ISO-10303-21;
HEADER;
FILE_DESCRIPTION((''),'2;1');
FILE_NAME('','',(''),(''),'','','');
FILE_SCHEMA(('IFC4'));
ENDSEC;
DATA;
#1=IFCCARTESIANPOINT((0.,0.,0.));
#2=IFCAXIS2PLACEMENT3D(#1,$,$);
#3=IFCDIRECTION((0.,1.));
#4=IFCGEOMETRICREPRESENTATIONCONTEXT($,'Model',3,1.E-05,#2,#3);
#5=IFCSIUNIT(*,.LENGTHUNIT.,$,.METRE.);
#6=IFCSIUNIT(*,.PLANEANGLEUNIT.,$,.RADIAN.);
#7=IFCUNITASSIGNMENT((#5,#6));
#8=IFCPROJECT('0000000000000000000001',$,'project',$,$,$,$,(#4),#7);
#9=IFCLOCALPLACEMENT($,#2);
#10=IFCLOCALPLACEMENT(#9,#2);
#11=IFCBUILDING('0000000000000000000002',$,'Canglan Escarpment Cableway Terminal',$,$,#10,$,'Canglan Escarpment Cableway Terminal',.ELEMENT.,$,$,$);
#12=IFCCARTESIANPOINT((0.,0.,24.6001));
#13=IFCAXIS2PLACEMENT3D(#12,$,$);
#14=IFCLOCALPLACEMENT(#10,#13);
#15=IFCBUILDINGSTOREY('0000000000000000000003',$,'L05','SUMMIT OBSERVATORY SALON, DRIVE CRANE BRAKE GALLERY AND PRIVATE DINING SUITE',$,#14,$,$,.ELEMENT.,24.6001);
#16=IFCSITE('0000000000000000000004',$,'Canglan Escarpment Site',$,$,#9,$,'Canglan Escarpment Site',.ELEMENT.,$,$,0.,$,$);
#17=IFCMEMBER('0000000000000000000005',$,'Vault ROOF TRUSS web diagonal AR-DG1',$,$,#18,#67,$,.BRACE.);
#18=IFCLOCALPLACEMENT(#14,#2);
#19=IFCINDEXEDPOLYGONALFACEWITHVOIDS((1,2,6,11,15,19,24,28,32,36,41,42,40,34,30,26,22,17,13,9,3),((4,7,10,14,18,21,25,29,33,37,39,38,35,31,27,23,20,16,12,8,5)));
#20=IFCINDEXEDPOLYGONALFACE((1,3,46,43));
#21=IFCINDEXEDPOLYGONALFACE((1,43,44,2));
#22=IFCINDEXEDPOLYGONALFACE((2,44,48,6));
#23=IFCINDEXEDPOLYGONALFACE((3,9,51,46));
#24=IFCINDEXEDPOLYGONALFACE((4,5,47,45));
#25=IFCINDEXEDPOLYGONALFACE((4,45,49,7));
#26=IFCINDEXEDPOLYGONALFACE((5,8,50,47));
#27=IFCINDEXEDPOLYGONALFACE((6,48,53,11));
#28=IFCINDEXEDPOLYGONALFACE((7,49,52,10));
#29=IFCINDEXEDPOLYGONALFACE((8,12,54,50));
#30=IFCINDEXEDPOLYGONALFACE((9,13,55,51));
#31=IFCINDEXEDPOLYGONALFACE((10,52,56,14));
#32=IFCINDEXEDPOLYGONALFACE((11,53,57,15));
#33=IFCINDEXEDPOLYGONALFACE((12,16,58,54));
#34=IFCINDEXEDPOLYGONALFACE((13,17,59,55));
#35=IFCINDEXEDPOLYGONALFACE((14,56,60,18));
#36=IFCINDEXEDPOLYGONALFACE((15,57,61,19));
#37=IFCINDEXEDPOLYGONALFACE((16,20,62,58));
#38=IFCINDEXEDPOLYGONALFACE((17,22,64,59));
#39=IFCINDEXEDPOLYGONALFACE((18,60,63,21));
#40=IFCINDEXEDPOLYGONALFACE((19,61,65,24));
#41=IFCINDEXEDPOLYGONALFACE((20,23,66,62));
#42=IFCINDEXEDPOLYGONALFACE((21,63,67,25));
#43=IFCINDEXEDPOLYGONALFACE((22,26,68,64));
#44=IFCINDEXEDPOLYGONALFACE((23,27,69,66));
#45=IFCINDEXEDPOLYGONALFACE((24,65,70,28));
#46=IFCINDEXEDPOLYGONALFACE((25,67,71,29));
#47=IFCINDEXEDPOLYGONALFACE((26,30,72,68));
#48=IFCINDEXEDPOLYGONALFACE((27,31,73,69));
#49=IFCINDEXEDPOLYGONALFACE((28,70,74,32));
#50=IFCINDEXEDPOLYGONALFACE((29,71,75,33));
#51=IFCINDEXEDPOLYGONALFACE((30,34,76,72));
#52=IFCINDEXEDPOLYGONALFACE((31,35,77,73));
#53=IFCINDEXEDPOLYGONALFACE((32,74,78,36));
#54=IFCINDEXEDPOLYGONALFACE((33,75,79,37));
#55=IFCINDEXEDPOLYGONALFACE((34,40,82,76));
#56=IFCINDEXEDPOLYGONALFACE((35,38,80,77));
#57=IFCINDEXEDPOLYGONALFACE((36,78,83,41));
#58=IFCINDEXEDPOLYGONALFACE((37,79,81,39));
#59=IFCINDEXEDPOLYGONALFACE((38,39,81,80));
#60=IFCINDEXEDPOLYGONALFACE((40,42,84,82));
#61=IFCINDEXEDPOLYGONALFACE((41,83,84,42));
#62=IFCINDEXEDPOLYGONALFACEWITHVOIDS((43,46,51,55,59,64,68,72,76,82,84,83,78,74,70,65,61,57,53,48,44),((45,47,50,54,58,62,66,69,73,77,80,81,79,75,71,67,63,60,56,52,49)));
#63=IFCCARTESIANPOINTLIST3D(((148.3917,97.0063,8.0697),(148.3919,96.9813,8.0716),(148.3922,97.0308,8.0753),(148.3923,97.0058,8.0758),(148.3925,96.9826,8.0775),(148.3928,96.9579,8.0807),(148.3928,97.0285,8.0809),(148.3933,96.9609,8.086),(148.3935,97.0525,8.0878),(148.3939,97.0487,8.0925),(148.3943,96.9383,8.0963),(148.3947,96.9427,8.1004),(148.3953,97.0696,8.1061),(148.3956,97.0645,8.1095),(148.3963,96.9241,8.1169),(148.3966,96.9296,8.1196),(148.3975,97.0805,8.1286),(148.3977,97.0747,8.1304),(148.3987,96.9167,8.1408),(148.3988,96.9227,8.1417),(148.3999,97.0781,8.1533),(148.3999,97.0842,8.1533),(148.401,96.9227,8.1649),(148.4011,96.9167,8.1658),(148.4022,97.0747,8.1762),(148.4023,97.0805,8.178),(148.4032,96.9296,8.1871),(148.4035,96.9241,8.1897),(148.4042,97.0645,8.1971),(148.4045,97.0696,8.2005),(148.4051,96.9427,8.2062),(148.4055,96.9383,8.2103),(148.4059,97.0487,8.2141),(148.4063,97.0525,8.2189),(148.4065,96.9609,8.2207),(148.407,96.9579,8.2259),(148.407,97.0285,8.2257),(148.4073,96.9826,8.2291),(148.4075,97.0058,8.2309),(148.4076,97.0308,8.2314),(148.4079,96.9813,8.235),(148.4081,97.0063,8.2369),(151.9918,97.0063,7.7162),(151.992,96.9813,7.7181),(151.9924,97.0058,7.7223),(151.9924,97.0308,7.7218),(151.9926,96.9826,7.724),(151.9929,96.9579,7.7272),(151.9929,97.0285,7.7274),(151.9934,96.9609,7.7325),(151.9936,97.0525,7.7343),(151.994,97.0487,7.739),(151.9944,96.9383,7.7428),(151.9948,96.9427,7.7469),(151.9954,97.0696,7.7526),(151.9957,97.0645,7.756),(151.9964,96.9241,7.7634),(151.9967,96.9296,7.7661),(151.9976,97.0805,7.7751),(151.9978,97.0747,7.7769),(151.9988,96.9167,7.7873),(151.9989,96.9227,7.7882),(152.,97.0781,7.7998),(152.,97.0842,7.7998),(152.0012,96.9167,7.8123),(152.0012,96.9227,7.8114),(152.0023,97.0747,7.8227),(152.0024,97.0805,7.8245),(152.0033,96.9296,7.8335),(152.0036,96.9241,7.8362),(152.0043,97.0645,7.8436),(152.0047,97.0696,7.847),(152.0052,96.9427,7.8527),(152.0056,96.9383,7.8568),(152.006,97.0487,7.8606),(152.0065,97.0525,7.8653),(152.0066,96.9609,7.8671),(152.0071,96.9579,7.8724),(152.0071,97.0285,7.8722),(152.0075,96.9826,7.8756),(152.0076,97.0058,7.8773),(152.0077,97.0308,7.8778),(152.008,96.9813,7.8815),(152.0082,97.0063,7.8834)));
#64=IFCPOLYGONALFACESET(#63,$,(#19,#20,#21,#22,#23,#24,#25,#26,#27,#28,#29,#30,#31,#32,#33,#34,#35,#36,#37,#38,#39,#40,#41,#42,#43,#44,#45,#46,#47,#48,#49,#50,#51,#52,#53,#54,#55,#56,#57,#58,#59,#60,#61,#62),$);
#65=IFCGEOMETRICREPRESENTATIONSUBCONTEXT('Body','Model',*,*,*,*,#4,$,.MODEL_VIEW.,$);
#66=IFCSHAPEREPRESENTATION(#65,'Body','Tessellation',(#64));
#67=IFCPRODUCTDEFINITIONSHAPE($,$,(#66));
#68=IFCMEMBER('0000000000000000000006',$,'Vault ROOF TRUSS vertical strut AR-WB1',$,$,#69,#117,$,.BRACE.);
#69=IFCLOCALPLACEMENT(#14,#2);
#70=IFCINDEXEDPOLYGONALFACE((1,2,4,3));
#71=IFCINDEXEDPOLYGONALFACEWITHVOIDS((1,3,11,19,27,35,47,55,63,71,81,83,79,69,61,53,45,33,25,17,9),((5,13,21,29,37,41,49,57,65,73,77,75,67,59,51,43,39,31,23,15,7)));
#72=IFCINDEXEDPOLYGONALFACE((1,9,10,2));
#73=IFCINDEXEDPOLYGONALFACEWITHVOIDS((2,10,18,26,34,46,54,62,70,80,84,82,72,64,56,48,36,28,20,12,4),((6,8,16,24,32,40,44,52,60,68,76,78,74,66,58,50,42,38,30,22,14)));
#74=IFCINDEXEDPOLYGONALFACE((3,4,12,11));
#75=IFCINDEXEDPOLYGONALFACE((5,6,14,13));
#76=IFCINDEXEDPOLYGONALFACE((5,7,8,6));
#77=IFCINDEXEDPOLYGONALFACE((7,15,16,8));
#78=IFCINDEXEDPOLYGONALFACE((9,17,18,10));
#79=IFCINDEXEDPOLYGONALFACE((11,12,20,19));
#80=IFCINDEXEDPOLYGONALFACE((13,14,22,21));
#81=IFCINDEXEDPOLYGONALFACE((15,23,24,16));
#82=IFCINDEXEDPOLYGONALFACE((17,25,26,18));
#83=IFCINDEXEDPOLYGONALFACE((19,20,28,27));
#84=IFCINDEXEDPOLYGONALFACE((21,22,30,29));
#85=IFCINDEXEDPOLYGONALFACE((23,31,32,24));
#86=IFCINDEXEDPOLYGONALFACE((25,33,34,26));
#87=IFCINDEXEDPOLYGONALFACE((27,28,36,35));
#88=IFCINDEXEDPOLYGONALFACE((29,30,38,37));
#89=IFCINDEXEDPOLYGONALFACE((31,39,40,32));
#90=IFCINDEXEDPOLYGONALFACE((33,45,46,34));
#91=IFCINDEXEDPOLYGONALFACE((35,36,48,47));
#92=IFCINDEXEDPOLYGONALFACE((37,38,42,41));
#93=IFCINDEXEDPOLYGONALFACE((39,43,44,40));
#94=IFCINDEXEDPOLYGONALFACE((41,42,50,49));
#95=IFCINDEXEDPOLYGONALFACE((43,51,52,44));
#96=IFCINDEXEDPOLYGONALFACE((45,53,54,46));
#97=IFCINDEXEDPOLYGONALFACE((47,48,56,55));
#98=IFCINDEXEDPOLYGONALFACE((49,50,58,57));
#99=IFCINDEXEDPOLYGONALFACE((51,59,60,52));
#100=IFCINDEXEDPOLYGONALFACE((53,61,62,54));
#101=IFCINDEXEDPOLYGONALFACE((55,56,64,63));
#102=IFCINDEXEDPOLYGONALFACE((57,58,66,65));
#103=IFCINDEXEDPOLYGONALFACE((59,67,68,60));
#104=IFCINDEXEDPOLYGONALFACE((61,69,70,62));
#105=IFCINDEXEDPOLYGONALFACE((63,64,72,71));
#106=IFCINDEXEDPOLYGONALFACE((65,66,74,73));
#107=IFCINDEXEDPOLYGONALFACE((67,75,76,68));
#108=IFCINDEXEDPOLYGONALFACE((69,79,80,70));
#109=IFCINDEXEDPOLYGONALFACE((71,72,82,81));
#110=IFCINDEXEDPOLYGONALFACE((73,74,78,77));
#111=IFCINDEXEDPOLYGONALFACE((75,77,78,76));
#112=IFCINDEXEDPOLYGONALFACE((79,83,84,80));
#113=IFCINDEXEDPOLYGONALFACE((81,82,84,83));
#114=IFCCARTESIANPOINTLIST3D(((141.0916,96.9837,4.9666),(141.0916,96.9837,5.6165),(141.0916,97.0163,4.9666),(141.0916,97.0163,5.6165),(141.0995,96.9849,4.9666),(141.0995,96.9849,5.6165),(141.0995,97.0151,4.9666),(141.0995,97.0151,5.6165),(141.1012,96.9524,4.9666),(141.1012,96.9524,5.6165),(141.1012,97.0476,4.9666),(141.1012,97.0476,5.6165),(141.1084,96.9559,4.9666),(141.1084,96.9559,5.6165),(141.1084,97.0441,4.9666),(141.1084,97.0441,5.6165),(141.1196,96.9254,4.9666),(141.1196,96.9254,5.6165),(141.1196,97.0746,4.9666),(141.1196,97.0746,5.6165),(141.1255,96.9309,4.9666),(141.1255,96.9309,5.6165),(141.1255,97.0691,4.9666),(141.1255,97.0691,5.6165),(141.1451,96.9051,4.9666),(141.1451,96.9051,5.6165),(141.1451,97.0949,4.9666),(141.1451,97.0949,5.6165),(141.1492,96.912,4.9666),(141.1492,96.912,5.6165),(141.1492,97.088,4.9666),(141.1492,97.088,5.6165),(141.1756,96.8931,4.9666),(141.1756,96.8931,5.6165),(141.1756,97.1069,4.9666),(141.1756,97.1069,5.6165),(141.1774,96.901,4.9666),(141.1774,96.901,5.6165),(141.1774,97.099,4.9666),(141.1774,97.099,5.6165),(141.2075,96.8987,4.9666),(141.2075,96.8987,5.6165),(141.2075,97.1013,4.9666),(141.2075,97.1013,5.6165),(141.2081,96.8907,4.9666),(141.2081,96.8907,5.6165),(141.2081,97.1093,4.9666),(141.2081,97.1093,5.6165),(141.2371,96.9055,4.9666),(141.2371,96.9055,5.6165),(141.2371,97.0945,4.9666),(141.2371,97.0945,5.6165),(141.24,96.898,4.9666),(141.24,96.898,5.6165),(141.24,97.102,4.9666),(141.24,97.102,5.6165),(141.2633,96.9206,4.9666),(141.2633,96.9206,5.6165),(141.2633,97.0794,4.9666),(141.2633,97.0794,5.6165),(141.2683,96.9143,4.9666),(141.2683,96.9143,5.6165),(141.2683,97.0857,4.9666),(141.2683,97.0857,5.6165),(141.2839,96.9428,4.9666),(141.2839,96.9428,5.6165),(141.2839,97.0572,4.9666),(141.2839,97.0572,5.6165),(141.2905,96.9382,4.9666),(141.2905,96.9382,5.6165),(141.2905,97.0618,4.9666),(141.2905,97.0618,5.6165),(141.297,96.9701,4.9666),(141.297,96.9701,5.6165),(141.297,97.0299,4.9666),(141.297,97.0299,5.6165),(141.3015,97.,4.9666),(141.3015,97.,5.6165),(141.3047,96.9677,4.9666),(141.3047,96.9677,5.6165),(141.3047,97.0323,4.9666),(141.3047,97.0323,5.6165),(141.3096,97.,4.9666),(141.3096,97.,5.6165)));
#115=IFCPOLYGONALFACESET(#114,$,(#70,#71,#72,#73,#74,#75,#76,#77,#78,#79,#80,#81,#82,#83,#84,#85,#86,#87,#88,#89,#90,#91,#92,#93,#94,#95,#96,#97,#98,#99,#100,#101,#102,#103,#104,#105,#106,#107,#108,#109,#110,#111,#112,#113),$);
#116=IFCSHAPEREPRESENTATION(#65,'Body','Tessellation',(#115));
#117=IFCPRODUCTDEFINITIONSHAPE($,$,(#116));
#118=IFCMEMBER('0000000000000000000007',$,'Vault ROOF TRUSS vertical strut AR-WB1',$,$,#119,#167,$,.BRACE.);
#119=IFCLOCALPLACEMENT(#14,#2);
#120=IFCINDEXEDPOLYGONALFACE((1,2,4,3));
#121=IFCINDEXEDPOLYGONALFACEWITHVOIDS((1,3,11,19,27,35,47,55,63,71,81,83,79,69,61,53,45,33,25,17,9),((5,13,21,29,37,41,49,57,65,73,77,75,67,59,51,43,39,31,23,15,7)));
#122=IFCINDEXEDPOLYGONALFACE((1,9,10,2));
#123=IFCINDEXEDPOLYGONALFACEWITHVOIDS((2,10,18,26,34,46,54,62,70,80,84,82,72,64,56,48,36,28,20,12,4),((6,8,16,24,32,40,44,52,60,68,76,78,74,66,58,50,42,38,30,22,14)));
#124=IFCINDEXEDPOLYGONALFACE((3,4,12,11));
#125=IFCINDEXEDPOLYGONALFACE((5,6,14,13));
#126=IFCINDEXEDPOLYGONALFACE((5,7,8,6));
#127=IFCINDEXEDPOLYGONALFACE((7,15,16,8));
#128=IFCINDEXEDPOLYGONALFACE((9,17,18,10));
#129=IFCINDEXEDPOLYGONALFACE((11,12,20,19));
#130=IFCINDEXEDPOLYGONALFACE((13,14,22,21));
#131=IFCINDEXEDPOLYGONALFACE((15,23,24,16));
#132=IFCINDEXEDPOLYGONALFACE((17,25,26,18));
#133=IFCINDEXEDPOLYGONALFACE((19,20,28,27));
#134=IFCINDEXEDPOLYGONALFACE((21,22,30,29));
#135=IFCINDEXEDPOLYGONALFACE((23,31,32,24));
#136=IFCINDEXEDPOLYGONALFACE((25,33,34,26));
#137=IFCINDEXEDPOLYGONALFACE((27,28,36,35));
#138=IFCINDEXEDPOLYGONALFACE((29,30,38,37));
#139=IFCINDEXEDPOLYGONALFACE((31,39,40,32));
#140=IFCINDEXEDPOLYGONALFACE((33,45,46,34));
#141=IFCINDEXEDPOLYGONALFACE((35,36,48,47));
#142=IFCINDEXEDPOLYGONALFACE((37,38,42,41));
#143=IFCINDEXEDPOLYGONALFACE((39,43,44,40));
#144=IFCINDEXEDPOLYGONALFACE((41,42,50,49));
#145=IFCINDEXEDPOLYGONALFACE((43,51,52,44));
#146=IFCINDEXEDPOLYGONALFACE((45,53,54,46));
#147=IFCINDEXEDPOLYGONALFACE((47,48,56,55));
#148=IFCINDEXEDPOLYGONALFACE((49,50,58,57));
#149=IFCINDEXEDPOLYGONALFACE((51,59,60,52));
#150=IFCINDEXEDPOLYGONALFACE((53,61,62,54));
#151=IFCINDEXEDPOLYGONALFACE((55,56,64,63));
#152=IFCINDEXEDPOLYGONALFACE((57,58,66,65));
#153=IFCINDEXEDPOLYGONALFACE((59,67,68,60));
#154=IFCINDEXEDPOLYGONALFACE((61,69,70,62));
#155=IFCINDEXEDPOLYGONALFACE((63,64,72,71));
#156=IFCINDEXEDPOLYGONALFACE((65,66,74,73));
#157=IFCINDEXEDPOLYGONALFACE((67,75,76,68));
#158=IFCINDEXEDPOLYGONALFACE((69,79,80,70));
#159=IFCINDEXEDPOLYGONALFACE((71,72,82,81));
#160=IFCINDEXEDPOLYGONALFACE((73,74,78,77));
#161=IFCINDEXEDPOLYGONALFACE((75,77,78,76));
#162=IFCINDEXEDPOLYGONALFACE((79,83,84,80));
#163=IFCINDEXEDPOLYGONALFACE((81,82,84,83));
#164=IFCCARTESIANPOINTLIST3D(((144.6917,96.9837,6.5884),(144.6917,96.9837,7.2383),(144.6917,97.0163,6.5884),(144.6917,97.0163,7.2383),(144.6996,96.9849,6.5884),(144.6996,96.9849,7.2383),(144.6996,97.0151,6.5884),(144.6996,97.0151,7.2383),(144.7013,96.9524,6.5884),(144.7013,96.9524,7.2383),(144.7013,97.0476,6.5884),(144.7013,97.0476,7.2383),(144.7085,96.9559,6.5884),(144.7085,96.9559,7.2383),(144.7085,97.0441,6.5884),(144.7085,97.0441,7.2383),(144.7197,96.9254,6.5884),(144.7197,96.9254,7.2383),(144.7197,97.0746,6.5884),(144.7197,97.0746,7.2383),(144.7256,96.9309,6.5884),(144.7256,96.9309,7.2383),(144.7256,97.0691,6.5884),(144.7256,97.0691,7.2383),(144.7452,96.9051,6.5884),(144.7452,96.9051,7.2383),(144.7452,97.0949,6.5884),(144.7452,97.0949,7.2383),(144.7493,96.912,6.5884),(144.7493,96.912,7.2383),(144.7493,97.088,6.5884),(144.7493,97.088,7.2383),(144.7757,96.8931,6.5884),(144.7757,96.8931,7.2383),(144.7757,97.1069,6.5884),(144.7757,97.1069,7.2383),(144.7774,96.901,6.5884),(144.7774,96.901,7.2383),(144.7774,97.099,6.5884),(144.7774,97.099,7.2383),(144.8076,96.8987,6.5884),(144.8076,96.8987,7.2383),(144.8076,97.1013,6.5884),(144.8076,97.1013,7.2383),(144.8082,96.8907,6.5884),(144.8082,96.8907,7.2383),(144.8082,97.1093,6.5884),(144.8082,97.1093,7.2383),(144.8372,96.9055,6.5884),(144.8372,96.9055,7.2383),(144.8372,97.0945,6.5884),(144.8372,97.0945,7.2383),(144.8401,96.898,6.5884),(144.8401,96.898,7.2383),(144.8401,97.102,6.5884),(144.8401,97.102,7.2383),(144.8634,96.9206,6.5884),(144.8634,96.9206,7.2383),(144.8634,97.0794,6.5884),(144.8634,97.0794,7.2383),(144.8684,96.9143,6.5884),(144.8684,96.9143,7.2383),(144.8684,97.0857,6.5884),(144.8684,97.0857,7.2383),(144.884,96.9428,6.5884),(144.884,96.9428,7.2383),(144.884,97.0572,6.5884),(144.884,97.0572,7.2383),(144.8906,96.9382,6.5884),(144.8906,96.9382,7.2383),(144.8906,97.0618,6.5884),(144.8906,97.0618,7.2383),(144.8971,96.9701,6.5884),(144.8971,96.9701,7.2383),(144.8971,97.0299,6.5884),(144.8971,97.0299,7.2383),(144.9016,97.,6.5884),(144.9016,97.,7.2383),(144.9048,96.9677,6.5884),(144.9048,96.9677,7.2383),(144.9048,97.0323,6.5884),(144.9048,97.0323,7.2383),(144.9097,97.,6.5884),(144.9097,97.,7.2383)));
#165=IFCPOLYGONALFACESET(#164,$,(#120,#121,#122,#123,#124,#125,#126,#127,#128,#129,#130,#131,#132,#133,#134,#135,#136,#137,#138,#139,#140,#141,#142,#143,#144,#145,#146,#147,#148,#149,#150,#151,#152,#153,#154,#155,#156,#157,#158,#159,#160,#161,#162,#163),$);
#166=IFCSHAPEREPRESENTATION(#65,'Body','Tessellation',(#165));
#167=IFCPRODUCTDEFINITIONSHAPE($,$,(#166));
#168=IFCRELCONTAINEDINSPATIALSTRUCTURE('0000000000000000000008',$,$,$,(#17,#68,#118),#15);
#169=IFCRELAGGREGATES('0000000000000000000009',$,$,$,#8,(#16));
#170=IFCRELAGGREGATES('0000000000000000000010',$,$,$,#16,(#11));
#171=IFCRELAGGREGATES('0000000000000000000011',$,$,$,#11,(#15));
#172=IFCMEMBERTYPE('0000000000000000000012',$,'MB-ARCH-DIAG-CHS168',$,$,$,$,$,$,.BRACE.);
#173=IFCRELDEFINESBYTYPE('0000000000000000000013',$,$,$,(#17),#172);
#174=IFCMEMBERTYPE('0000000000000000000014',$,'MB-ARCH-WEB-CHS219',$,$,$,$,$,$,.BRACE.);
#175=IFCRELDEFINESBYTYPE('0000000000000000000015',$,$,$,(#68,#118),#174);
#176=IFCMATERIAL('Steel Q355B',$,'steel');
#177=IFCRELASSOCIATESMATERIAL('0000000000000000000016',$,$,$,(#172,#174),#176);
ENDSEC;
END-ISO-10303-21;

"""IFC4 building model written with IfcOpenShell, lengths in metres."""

from ifc_helpers import new_model, si_unit, direction, frame, origin, origin_2d, place, context, subcontext, project, spatial, hollow_circle, extrude, material, material_profile, profile_set, type_object, element, save


model = new_model("IFC4")

# Units and contexts
model_context = context("Model", 3, precision=1e-05, world=origin(), true_north=direction((0.0, 1.0)))
body_context = subcontext(model_context, "Body", "Model", "MODEL_VIEW")
ifc_project = project(units=[si_unit("LENGTHUNIT", "METRE"), si_unit("PLANEANGLEUNIT", "RADIAN")], contexts=[model_context])

# Site, building, storey
site_placement = place(None, origin())
site = spatial("IfcSite", under=ifc_project, at=site_placement, Name="Canglan Escarpment Site", LongName="Canglan Escarpment Site", CompositionType="ELEMENT", RefElevation=0.0)
building_placement = place(site_placement, origin())
building = spatial("IfcBuilding", under=site, at=building_placement, Name="Canglan Escarpment Cableway Terminal", LongName="Canglan Escarpment Cableway Terminal", CompositionType="ELEMENT")
storey_placement = place(building_placement, frame((0.0, 0.0, 24.6001)))
storey = spatial("IfcBuildingStorey", under=building, at=storey_placement, Name="L05", Description="SUMMIT OBSERVATORY SALON, DRIVE CRANE BRAKE GALLERY AND PRIVATE DINING SUITE", CompositionType="ELEMENT", Elevation=24.6001)

# Shared definitions
ifc_material_1 = material(Name="Steel Q355B", Category="steel")

# Members
ifc_material_profile_1 = material_profile(ifc_material_1, hollow_circle(Radius=0.0842, WallThickness=0.0061, at=origin_2d()), Name="CHS 168.3x6")
ifc_profile_set_1 = profile_set([ifc_material_profile_1], Name="Steel Q355B")
member_type_1 = type_object("IfcMemberType", Name="MB-ARCH-DIAG-CHS168", PredefinedType="BRACE", material=ifc_profile_set_1)
member_1_placement = place(storey_placement, frame((148.3999, 97.0, 8.1533), z_axis=(0.995213, 0.0, -0.097726), x_axis=(0.0, 1.0, 0.0)))
element("IfcMember", 1, at=member_1_placement, inside=storey, type_object=member_type_1, Name="Vault ROOF TRUSS web diagonal AR-DG1", PredefinedType="BRACE", context=body_context, shape_type="SweptSolid", body=[
    extrude(hollow_circle(Radius=0.0842, WallThickness=0.0061, at=origin_2d()), origin(), (0.0, 0.0, 1.0), 3.6174),
])
ifc_material_profile_2 = material_profile(ifc_material_1, hollow_circle(Radius=0.1096, WallThickness=0.0081, at=origin_2d()), Name="CHS 219.1x8")
ifc_profile_set_2 = profile_set([ifc_material_profile_2], Name="Steel Q355B")
member_type_2 = type_object("IfcMemberType", Name="MB-ARCH-WEB-CHS219", PredefinedType="BRACE", material=ifc_profile_set_2)
for number, where, z_axis, x_axis, name in (
    (2, (141.2, 97.0, 4.9666), (0.0, 0.0, 1.0), (1.0, 0.0, 0.0), "Vault ROOF TRUSS vertical strut AR-WB1"),
    (3, (144.8, 97.0, 6.5884), (0.0, 0.0, 1.0), (1.0, 0.0, 0.0), "Vault ROOF TRUSS vertical strut AR-WB1"),
):
    element("IfcMember", number, at=place(storey_placement, frame(where, z_axis=z_axis, x_axis=x_axis)), inside=storey, type_object=member_type_2, Name=name, PredefinedType="BRACE", context=body_context, shape_type="SweptSolid", body=[
        extrude(hollow_circle(Radius=0.1096, WallThickness=0.0081, at=origin_2d()), origin(), (0.0, 0.0, 1.0), 0.6499),
    ])

save(model, "model.ifc")
